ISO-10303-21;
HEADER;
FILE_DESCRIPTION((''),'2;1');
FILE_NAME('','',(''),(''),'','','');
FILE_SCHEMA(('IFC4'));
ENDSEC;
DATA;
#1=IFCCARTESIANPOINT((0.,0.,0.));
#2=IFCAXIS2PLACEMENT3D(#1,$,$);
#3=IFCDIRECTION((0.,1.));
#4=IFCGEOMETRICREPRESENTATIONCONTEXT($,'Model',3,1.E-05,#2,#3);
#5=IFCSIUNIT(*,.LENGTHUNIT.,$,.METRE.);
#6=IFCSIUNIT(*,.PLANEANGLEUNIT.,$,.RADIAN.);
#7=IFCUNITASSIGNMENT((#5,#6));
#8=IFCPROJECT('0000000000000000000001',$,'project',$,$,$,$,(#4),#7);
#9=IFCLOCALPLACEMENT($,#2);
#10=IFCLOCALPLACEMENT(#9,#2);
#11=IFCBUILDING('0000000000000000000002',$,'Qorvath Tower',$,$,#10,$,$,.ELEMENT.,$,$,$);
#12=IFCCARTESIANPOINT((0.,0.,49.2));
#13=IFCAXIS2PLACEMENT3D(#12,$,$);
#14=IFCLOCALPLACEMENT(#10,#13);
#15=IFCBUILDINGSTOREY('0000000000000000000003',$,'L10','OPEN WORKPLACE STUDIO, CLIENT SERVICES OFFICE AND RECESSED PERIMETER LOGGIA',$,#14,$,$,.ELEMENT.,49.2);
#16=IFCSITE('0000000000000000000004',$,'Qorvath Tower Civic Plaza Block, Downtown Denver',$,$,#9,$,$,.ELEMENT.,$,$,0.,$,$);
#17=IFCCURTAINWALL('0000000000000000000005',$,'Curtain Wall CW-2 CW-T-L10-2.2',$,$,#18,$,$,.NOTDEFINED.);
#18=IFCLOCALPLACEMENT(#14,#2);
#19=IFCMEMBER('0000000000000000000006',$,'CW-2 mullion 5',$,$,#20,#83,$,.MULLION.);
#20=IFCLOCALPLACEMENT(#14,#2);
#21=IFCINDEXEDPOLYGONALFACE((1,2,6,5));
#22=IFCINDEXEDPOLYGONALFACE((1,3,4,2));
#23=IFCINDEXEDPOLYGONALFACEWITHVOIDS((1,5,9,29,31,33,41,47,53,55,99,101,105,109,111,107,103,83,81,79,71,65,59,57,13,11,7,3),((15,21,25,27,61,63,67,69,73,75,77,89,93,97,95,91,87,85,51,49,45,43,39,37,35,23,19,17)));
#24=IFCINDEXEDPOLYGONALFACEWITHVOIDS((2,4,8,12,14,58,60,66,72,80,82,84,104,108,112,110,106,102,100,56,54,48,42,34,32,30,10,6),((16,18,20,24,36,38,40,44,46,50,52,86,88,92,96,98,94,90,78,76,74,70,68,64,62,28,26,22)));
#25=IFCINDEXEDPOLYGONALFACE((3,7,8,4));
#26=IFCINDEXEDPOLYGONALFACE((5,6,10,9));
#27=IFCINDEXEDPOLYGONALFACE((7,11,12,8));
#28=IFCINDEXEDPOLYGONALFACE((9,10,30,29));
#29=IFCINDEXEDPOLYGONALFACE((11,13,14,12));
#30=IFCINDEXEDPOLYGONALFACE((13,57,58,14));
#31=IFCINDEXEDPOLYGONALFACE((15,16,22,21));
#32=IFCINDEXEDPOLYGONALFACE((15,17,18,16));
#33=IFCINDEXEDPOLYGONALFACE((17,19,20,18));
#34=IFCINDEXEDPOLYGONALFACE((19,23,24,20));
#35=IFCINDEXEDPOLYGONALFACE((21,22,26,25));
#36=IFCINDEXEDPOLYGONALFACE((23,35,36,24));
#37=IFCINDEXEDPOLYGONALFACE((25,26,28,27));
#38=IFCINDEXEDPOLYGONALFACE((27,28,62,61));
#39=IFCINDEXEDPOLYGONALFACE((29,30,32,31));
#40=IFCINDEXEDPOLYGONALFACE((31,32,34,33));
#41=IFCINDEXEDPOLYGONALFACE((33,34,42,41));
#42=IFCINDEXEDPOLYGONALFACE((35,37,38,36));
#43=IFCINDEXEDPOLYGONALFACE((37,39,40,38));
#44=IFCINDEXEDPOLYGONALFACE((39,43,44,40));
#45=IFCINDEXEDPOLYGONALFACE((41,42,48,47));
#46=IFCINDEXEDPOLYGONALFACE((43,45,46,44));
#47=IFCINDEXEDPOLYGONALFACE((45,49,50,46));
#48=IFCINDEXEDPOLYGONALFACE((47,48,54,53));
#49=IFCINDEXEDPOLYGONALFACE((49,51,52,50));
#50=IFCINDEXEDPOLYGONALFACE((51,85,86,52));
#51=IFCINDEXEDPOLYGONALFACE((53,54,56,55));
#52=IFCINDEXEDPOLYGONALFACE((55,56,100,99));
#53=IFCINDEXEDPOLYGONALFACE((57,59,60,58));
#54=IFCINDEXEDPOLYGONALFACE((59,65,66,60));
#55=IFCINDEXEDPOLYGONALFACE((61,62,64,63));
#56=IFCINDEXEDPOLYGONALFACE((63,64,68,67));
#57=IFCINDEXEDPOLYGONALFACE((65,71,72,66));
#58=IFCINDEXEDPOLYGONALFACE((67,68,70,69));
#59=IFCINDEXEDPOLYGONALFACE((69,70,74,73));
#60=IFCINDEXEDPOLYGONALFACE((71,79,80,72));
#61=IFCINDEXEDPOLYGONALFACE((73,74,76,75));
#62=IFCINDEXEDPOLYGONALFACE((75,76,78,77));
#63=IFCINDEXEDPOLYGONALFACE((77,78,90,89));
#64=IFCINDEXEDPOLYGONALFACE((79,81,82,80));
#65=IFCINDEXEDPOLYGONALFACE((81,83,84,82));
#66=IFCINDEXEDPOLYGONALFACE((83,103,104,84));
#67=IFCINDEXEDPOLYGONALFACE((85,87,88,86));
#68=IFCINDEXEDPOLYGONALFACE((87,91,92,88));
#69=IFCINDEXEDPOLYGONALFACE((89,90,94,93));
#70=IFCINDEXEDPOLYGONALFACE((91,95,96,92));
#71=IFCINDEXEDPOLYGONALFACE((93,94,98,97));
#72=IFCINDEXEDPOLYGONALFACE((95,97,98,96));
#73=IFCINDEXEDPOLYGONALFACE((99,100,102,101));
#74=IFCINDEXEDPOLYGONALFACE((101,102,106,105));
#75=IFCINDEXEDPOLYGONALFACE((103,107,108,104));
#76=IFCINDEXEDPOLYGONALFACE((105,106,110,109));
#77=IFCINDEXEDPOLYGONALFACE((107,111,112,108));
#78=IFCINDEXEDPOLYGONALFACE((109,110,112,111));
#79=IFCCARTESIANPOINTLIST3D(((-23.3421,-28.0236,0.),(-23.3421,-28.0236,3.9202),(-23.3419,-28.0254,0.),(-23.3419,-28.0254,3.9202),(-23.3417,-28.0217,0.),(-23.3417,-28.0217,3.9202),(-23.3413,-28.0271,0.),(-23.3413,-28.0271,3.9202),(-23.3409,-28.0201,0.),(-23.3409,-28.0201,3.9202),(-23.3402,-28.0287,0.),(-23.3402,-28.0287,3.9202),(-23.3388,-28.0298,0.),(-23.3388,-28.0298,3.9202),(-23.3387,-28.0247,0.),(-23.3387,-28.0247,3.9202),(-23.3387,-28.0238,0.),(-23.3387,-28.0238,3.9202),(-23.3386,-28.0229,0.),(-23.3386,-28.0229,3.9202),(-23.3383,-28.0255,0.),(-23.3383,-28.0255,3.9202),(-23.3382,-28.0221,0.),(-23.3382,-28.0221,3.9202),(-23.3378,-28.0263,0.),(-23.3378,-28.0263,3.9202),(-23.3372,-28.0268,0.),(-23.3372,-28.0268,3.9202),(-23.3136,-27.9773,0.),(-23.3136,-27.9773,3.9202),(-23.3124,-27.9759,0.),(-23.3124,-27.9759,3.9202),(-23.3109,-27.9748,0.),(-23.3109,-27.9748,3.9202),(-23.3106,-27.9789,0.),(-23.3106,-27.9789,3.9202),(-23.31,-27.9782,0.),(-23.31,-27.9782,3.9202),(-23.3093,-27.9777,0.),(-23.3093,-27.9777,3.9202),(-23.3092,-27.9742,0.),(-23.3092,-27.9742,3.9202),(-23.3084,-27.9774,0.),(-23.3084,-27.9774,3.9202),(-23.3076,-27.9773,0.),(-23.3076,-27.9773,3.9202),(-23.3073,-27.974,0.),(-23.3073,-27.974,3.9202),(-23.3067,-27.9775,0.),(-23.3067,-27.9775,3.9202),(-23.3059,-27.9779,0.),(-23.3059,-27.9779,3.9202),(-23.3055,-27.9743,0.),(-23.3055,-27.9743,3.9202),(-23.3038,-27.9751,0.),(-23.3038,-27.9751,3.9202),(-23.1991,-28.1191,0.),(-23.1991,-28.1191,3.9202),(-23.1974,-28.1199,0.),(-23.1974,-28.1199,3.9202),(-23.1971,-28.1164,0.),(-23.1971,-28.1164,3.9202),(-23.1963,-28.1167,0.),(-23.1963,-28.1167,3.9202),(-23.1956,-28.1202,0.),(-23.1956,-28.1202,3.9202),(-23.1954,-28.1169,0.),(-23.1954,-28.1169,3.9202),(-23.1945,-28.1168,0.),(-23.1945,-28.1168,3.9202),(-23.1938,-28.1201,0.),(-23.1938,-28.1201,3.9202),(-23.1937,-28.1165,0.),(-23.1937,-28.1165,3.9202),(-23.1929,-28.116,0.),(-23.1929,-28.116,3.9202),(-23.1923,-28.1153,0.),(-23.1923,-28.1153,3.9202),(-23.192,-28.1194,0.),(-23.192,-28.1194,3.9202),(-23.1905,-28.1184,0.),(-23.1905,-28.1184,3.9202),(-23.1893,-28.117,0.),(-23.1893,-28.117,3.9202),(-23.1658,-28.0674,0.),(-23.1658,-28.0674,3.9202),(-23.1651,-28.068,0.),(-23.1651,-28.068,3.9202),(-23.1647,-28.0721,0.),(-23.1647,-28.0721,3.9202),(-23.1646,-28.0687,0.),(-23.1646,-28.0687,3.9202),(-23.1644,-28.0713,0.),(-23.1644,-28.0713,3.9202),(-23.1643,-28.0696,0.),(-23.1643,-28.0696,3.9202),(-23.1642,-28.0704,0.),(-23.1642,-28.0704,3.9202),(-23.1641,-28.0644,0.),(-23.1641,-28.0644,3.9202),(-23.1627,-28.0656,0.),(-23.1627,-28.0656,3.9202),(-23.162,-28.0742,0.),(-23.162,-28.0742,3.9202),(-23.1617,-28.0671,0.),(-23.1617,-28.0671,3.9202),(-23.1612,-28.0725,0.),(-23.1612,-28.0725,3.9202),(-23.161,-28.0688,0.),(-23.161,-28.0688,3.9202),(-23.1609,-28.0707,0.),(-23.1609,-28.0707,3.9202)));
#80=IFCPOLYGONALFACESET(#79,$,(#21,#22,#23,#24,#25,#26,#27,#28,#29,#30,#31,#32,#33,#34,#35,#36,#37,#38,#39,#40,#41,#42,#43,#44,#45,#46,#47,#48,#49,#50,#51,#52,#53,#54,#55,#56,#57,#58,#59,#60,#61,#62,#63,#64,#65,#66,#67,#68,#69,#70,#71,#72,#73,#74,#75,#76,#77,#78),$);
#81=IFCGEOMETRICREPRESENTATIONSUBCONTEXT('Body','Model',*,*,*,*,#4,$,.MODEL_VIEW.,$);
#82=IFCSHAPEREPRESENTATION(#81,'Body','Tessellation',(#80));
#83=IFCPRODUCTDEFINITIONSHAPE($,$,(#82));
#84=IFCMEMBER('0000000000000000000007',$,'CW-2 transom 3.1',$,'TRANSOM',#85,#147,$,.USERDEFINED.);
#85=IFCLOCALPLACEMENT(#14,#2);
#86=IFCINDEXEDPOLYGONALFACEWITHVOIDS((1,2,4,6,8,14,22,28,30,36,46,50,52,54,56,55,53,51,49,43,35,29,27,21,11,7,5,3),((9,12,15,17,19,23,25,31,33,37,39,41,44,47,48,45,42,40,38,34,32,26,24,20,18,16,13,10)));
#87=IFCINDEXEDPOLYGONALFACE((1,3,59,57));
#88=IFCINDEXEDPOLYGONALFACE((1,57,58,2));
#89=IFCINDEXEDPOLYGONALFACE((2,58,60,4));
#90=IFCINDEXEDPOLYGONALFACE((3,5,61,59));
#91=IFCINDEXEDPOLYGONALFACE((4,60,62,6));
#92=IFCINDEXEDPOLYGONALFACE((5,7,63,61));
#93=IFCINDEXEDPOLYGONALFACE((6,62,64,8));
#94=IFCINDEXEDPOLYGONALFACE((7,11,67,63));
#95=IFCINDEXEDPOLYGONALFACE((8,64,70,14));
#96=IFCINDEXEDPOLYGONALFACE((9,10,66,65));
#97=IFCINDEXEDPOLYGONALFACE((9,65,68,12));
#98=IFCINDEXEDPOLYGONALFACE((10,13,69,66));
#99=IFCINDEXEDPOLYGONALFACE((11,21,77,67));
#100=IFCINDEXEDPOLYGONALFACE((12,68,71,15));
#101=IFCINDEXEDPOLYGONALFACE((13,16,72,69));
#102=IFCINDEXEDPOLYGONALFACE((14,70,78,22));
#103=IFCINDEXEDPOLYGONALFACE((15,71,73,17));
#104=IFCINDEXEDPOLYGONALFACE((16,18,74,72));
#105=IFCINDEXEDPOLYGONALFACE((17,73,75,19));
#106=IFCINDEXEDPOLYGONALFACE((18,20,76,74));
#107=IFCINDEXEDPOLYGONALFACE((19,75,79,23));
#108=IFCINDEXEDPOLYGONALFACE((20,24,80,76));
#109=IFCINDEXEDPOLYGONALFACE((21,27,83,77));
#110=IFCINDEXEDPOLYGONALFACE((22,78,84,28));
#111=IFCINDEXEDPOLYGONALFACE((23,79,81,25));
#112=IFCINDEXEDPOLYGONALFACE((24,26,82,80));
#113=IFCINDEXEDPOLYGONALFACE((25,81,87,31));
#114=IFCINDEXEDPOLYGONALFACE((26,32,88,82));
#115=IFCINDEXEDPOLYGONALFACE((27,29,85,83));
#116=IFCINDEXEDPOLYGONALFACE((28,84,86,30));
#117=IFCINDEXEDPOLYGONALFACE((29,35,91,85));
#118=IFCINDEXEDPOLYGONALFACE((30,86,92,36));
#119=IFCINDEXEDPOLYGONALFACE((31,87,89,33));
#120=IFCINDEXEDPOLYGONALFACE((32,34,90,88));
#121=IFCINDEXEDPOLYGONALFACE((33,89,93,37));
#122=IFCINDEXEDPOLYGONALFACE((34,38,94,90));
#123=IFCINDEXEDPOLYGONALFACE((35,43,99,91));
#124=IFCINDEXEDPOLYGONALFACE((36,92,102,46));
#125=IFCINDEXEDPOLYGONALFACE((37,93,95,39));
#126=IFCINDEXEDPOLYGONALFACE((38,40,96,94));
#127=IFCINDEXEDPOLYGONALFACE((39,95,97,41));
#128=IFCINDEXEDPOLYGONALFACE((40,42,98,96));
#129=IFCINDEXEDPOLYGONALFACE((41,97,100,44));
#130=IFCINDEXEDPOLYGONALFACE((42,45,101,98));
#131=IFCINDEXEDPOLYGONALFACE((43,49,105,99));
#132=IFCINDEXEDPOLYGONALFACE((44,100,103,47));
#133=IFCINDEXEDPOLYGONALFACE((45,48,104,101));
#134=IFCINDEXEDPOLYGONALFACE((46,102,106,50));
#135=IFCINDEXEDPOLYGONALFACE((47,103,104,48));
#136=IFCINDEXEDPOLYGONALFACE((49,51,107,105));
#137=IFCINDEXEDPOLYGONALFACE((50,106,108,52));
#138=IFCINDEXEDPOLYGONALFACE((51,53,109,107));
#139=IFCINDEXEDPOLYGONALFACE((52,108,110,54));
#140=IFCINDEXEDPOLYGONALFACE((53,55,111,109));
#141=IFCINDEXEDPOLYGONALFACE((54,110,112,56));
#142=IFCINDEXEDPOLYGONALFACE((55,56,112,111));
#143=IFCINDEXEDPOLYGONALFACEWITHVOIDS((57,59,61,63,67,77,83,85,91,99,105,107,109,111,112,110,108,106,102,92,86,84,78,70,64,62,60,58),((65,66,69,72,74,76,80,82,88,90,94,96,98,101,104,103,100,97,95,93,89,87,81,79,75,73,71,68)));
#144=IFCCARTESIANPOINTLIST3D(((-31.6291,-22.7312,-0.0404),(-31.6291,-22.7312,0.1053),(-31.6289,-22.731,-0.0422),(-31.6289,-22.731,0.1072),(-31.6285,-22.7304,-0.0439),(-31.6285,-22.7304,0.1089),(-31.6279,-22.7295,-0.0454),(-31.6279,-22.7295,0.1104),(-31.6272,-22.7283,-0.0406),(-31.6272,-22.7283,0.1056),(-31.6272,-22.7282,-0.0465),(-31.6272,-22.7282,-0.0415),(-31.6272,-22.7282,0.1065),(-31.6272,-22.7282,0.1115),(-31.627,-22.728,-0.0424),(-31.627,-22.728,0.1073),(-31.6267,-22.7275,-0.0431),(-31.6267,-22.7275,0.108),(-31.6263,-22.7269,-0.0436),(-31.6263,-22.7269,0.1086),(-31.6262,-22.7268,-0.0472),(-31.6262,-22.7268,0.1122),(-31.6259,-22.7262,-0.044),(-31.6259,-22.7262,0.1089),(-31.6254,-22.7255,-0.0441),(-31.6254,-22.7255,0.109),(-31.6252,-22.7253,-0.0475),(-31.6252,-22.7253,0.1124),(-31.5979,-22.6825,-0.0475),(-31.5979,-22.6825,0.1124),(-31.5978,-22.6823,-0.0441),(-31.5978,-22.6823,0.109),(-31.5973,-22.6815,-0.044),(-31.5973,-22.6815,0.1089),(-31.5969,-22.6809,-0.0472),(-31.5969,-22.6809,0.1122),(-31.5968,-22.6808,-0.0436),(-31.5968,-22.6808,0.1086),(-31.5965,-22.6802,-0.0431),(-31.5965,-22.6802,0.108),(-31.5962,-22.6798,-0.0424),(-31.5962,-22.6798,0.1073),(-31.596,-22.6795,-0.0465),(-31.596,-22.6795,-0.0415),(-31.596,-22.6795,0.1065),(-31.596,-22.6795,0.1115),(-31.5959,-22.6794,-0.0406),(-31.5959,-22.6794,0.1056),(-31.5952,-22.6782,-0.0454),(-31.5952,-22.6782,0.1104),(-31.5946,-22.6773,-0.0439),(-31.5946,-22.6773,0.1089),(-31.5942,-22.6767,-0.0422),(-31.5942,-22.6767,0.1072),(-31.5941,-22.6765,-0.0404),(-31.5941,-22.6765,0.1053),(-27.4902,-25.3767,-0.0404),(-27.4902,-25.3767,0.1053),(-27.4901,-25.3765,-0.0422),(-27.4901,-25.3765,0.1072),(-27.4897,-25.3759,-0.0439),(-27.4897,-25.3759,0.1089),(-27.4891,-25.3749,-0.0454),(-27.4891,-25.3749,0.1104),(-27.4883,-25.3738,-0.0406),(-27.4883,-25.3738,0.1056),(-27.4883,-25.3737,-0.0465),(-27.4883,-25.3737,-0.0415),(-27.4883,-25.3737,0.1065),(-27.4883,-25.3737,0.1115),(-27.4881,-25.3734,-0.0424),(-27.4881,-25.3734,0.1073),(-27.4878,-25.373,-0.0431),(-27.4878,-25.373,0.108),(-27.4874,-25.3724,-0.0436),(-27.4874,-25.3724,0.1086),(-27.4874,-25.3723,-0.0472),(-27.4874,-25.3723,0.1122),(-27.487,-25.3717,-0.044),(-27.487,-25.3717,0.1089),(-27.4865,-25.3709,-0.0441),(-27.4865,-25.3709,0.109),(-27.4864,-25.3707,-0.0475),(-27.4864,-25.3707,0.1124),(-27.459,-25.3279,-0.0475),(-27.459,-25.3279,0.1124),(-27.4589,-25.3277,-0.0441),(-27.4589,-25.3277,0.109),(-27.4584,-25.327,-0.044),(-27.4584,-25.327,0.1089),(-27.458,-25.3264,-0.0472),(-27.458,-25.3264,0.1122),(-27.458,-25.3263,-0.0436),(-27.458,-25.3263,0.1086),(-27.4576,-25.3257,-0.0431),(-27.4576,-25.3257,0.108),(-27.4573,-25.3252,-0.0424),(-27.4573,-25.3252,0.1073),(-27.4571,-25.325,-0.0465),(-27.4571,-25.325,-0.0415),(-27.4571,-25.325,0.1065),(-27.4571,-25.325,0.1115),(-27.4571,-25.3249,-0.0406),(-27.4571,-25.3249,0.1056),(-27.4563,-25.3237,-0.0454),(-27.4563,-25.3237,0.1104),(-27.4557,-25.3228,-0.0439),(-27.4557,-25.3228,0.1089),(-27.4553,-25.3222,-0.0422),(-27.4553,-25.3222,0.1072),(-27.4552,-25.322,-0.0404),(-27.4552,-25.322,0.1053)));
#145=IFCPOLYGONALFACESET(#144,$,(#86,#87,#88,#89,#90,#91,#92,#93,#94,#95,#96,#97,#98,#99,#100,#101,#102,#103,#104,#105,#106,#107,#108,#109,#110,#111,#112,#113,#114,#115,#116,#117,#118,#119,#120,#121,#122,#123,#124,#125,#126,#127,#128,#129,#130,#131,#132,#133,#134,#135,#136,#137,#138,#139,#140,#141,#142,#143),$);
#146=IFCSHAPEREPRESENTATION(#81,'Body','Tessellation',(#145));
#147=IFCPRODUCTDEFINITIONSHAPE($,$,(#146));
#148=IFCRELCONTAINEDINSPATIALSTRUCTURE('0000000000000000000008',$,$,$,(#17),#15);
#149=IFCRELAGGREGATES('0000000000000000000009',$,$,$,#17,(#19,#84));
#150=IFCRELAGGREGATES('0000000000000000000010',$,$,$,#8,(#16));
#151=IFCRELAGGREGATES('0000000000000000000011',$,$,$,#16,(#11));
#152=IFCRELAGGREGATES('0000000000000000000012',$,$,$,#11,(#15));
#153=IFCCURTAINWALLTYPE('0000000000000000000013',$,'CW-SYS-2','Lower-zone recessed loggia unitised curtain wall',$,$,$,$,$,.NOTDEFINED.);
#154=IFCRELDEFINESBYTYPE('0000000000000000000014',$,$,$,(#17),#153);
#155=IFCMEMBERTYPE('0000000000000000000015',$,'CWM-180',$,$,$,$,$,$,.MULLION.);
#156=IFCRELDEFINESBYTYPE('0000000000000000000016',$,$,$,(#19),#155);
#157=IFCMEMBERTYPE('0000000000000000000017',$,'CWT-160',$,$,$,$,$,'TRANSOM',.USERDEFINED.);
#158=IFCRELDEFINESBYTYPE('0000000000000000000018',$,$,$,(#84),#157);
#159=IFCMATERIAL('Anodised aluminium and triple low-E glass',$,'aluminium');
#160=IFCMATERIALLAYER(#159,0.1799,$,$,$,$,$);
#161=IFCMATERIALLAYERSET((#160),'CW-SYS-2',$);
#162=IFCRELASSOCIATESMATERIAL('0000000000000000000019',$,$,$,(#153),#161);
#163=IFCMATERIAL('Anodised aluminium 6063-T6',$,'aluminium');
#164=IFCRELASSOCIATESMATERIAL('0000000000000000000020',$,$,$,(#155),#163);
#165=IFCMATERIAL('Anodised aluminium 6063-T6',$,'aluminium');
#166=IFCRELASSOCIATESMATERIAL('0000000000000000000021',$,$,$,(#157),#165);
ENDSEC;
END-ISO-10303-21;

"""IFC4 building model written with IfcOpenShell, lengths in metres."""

from ifc_helpers import new_model, si_unit, direction, frame, origin, origin_2d, place, context, subcontext, project, spatial, hollow_rectangle, extrude, material, layer, layer_set, material_profile, profile_set, type_object, element, aggregate, save


model = new_model("IFC4")

# Units and contexts
model_context = context("Model", 3, precision=1e-05, world=origin(), true_north=direction((0.0, 1.0)))
body_context = subcontext(model_context, "Body", "Model", "MODEL_VIEW")
ifc_project = project(units=[si_unit("LENGTHUNIT", "METRE"), si_unit("PLANEANGLEUNIT", "RADIAN")], contexts=[model_context])

# Site, building, storey
site_placement = place(None, origin())
site = spatial("IfcSite", under=ifc_project, at=site_placement, Name="Qorvath Tower Civic Plaza Block, Downtown Denver", CompositionType="ELEMENT", RefElevation=0.0)
building_placement = place(site_placement, origin())
building = spatial("IfcBuilding", under=site, at=building_placement, Name="Qorvath Tower", CompositionType="ELEMENT")
storey_placement = place(building_placement, frame((0.0, 0.0, 49.2)))
storey = spatial("IfcBuildingStorey", under=building, at=storey_placement, Name="L10", Description="OPEN WORKPLACE STUDIO, CLIENT SERVICES OFFICE AND RECESSED PERIMETER LOGGIA", CompositionType="ELEMENT", Elevation=49.2)

# Curtain wall, members
ifc_material_1 = material(Name="Anodised aluminium and triple low-E glass", Category="aluminium")
ifc_layer_1 = layer(ifc_material_1, 0.1799)
ifc_layer_set_1 = layer_set([ifc_layer_1], Name="CW-SYS-2")
curtain_wall_type = type_object("IfcCurtainWallType", Name="CW-SYS-2", Description="Lower-zone recessed loggia unitised curtain wall", PredefinedType="NOTDEFINED", material=ifc_layer_set_1)
curtain_wall_placement = place(storey_placement, origin())
curtain_wall = element("IfcCurtainWall", 1, at=curtain_wall_placement, inside=storey, type_object=curtain_wall_type, Name="Curtain Wall CW-2 CW-T-L10-2.2", PredefinedType="NOTDEFINED")
ifc_material_2 = material(Name="Anodised aluminium 6063-T6", Category="aluminium")
ifc_material_profile_1 = material_profile(ifc_material_2, hollow_rectangle(XDim=0.0649, YDim=0.1799, WallThickness=0.0034, InnerFilletRadius=0.0034, OuterFilletRadius=0.0071, at=origin_2d()), Name="CWM 180x65")
ifc_profile_set_1 = profile_set([ifc_material_profile_1], Name="Anodised aluminium 6063-T6")
member_type_1 = type_object("IfcMemberType", Name="CWM-180", PredefinedType="MULLION", material=ifc_profile_set_1)
member_1_placement = place(storey_placement, frame((-23.2515, -28.0471, 0.0), z_axis=(0.0, 0.0, 1.0), x_axis=(0.538537, 0.842602, 0.0)))
member_1 = element("IfcMember", 2, at=member_1_placement, type_object=member_type_1, Name="CW-2 mullion 5", PredefinedType="MULLION", context=body_context, shape_type="SweptSolid", body=[
    extrude(hollow_rectangle(XDim=0.0649, YDim=0.1799, WallThickness=0.0034, InnerFilletRadius=0.0034, OuterFilletRadius=0.0071, at=origin_2d()), origin(), (0.0, 0.0, 1.0), 3.9202),
])
ifc_material_3 = material(Name="Anodised aluminium 6063-T6", Category="aluminium")
ifc_material_profile_2 = material_profile(ifc_material_3, hollow_rectangle(XDim=0.0649, YDim=0.1599, WallThickness=0.0034, InnerFilletRadius=0.0034, OuterFilletRadius=0.0071, at=origin_2d()), Name="CWT 160x65")
ifc_profile_set_2 = profile_set([ifc_material_profile_2], Name="Anodised aluminium 6063-T6")
member_type_2 = type_object("IfcMemberType", Name="CWT-160", ElementType="TRANSOM", PredefinedType="USERDEFINED", material=ifc_profile_set_2)
member_2_placement = place(storey_placement, frame((-31.6116, -22.7039, 0.0325), z_axis=(0.842585, -0.538563, 0.0), x_axis=(0.538563, 0.842585, 0.0)))
member_2 = element("IfcMember", 3, at=member_2_placement, type_object=member_type_2, Name="CW-2 transom 3.1", ObjectType="TRANSOM", PredefinedType="USERDEFINED", context=body_context, shape_type="SweptSolid", body=[
    extrude(hollow_rectangle(XDim=0.0649, YDim=0.1599, WallThickness=0.0034, InnerFilletRadius=0.0034, OuterFilletRadius=0.0071, at=origin_2d()), origin(), (0.0, 0.0, 1.0), 4.9121),
])
aggregate(curtain_wall, [member_1, member_2])

save(model, "model.ifc")
